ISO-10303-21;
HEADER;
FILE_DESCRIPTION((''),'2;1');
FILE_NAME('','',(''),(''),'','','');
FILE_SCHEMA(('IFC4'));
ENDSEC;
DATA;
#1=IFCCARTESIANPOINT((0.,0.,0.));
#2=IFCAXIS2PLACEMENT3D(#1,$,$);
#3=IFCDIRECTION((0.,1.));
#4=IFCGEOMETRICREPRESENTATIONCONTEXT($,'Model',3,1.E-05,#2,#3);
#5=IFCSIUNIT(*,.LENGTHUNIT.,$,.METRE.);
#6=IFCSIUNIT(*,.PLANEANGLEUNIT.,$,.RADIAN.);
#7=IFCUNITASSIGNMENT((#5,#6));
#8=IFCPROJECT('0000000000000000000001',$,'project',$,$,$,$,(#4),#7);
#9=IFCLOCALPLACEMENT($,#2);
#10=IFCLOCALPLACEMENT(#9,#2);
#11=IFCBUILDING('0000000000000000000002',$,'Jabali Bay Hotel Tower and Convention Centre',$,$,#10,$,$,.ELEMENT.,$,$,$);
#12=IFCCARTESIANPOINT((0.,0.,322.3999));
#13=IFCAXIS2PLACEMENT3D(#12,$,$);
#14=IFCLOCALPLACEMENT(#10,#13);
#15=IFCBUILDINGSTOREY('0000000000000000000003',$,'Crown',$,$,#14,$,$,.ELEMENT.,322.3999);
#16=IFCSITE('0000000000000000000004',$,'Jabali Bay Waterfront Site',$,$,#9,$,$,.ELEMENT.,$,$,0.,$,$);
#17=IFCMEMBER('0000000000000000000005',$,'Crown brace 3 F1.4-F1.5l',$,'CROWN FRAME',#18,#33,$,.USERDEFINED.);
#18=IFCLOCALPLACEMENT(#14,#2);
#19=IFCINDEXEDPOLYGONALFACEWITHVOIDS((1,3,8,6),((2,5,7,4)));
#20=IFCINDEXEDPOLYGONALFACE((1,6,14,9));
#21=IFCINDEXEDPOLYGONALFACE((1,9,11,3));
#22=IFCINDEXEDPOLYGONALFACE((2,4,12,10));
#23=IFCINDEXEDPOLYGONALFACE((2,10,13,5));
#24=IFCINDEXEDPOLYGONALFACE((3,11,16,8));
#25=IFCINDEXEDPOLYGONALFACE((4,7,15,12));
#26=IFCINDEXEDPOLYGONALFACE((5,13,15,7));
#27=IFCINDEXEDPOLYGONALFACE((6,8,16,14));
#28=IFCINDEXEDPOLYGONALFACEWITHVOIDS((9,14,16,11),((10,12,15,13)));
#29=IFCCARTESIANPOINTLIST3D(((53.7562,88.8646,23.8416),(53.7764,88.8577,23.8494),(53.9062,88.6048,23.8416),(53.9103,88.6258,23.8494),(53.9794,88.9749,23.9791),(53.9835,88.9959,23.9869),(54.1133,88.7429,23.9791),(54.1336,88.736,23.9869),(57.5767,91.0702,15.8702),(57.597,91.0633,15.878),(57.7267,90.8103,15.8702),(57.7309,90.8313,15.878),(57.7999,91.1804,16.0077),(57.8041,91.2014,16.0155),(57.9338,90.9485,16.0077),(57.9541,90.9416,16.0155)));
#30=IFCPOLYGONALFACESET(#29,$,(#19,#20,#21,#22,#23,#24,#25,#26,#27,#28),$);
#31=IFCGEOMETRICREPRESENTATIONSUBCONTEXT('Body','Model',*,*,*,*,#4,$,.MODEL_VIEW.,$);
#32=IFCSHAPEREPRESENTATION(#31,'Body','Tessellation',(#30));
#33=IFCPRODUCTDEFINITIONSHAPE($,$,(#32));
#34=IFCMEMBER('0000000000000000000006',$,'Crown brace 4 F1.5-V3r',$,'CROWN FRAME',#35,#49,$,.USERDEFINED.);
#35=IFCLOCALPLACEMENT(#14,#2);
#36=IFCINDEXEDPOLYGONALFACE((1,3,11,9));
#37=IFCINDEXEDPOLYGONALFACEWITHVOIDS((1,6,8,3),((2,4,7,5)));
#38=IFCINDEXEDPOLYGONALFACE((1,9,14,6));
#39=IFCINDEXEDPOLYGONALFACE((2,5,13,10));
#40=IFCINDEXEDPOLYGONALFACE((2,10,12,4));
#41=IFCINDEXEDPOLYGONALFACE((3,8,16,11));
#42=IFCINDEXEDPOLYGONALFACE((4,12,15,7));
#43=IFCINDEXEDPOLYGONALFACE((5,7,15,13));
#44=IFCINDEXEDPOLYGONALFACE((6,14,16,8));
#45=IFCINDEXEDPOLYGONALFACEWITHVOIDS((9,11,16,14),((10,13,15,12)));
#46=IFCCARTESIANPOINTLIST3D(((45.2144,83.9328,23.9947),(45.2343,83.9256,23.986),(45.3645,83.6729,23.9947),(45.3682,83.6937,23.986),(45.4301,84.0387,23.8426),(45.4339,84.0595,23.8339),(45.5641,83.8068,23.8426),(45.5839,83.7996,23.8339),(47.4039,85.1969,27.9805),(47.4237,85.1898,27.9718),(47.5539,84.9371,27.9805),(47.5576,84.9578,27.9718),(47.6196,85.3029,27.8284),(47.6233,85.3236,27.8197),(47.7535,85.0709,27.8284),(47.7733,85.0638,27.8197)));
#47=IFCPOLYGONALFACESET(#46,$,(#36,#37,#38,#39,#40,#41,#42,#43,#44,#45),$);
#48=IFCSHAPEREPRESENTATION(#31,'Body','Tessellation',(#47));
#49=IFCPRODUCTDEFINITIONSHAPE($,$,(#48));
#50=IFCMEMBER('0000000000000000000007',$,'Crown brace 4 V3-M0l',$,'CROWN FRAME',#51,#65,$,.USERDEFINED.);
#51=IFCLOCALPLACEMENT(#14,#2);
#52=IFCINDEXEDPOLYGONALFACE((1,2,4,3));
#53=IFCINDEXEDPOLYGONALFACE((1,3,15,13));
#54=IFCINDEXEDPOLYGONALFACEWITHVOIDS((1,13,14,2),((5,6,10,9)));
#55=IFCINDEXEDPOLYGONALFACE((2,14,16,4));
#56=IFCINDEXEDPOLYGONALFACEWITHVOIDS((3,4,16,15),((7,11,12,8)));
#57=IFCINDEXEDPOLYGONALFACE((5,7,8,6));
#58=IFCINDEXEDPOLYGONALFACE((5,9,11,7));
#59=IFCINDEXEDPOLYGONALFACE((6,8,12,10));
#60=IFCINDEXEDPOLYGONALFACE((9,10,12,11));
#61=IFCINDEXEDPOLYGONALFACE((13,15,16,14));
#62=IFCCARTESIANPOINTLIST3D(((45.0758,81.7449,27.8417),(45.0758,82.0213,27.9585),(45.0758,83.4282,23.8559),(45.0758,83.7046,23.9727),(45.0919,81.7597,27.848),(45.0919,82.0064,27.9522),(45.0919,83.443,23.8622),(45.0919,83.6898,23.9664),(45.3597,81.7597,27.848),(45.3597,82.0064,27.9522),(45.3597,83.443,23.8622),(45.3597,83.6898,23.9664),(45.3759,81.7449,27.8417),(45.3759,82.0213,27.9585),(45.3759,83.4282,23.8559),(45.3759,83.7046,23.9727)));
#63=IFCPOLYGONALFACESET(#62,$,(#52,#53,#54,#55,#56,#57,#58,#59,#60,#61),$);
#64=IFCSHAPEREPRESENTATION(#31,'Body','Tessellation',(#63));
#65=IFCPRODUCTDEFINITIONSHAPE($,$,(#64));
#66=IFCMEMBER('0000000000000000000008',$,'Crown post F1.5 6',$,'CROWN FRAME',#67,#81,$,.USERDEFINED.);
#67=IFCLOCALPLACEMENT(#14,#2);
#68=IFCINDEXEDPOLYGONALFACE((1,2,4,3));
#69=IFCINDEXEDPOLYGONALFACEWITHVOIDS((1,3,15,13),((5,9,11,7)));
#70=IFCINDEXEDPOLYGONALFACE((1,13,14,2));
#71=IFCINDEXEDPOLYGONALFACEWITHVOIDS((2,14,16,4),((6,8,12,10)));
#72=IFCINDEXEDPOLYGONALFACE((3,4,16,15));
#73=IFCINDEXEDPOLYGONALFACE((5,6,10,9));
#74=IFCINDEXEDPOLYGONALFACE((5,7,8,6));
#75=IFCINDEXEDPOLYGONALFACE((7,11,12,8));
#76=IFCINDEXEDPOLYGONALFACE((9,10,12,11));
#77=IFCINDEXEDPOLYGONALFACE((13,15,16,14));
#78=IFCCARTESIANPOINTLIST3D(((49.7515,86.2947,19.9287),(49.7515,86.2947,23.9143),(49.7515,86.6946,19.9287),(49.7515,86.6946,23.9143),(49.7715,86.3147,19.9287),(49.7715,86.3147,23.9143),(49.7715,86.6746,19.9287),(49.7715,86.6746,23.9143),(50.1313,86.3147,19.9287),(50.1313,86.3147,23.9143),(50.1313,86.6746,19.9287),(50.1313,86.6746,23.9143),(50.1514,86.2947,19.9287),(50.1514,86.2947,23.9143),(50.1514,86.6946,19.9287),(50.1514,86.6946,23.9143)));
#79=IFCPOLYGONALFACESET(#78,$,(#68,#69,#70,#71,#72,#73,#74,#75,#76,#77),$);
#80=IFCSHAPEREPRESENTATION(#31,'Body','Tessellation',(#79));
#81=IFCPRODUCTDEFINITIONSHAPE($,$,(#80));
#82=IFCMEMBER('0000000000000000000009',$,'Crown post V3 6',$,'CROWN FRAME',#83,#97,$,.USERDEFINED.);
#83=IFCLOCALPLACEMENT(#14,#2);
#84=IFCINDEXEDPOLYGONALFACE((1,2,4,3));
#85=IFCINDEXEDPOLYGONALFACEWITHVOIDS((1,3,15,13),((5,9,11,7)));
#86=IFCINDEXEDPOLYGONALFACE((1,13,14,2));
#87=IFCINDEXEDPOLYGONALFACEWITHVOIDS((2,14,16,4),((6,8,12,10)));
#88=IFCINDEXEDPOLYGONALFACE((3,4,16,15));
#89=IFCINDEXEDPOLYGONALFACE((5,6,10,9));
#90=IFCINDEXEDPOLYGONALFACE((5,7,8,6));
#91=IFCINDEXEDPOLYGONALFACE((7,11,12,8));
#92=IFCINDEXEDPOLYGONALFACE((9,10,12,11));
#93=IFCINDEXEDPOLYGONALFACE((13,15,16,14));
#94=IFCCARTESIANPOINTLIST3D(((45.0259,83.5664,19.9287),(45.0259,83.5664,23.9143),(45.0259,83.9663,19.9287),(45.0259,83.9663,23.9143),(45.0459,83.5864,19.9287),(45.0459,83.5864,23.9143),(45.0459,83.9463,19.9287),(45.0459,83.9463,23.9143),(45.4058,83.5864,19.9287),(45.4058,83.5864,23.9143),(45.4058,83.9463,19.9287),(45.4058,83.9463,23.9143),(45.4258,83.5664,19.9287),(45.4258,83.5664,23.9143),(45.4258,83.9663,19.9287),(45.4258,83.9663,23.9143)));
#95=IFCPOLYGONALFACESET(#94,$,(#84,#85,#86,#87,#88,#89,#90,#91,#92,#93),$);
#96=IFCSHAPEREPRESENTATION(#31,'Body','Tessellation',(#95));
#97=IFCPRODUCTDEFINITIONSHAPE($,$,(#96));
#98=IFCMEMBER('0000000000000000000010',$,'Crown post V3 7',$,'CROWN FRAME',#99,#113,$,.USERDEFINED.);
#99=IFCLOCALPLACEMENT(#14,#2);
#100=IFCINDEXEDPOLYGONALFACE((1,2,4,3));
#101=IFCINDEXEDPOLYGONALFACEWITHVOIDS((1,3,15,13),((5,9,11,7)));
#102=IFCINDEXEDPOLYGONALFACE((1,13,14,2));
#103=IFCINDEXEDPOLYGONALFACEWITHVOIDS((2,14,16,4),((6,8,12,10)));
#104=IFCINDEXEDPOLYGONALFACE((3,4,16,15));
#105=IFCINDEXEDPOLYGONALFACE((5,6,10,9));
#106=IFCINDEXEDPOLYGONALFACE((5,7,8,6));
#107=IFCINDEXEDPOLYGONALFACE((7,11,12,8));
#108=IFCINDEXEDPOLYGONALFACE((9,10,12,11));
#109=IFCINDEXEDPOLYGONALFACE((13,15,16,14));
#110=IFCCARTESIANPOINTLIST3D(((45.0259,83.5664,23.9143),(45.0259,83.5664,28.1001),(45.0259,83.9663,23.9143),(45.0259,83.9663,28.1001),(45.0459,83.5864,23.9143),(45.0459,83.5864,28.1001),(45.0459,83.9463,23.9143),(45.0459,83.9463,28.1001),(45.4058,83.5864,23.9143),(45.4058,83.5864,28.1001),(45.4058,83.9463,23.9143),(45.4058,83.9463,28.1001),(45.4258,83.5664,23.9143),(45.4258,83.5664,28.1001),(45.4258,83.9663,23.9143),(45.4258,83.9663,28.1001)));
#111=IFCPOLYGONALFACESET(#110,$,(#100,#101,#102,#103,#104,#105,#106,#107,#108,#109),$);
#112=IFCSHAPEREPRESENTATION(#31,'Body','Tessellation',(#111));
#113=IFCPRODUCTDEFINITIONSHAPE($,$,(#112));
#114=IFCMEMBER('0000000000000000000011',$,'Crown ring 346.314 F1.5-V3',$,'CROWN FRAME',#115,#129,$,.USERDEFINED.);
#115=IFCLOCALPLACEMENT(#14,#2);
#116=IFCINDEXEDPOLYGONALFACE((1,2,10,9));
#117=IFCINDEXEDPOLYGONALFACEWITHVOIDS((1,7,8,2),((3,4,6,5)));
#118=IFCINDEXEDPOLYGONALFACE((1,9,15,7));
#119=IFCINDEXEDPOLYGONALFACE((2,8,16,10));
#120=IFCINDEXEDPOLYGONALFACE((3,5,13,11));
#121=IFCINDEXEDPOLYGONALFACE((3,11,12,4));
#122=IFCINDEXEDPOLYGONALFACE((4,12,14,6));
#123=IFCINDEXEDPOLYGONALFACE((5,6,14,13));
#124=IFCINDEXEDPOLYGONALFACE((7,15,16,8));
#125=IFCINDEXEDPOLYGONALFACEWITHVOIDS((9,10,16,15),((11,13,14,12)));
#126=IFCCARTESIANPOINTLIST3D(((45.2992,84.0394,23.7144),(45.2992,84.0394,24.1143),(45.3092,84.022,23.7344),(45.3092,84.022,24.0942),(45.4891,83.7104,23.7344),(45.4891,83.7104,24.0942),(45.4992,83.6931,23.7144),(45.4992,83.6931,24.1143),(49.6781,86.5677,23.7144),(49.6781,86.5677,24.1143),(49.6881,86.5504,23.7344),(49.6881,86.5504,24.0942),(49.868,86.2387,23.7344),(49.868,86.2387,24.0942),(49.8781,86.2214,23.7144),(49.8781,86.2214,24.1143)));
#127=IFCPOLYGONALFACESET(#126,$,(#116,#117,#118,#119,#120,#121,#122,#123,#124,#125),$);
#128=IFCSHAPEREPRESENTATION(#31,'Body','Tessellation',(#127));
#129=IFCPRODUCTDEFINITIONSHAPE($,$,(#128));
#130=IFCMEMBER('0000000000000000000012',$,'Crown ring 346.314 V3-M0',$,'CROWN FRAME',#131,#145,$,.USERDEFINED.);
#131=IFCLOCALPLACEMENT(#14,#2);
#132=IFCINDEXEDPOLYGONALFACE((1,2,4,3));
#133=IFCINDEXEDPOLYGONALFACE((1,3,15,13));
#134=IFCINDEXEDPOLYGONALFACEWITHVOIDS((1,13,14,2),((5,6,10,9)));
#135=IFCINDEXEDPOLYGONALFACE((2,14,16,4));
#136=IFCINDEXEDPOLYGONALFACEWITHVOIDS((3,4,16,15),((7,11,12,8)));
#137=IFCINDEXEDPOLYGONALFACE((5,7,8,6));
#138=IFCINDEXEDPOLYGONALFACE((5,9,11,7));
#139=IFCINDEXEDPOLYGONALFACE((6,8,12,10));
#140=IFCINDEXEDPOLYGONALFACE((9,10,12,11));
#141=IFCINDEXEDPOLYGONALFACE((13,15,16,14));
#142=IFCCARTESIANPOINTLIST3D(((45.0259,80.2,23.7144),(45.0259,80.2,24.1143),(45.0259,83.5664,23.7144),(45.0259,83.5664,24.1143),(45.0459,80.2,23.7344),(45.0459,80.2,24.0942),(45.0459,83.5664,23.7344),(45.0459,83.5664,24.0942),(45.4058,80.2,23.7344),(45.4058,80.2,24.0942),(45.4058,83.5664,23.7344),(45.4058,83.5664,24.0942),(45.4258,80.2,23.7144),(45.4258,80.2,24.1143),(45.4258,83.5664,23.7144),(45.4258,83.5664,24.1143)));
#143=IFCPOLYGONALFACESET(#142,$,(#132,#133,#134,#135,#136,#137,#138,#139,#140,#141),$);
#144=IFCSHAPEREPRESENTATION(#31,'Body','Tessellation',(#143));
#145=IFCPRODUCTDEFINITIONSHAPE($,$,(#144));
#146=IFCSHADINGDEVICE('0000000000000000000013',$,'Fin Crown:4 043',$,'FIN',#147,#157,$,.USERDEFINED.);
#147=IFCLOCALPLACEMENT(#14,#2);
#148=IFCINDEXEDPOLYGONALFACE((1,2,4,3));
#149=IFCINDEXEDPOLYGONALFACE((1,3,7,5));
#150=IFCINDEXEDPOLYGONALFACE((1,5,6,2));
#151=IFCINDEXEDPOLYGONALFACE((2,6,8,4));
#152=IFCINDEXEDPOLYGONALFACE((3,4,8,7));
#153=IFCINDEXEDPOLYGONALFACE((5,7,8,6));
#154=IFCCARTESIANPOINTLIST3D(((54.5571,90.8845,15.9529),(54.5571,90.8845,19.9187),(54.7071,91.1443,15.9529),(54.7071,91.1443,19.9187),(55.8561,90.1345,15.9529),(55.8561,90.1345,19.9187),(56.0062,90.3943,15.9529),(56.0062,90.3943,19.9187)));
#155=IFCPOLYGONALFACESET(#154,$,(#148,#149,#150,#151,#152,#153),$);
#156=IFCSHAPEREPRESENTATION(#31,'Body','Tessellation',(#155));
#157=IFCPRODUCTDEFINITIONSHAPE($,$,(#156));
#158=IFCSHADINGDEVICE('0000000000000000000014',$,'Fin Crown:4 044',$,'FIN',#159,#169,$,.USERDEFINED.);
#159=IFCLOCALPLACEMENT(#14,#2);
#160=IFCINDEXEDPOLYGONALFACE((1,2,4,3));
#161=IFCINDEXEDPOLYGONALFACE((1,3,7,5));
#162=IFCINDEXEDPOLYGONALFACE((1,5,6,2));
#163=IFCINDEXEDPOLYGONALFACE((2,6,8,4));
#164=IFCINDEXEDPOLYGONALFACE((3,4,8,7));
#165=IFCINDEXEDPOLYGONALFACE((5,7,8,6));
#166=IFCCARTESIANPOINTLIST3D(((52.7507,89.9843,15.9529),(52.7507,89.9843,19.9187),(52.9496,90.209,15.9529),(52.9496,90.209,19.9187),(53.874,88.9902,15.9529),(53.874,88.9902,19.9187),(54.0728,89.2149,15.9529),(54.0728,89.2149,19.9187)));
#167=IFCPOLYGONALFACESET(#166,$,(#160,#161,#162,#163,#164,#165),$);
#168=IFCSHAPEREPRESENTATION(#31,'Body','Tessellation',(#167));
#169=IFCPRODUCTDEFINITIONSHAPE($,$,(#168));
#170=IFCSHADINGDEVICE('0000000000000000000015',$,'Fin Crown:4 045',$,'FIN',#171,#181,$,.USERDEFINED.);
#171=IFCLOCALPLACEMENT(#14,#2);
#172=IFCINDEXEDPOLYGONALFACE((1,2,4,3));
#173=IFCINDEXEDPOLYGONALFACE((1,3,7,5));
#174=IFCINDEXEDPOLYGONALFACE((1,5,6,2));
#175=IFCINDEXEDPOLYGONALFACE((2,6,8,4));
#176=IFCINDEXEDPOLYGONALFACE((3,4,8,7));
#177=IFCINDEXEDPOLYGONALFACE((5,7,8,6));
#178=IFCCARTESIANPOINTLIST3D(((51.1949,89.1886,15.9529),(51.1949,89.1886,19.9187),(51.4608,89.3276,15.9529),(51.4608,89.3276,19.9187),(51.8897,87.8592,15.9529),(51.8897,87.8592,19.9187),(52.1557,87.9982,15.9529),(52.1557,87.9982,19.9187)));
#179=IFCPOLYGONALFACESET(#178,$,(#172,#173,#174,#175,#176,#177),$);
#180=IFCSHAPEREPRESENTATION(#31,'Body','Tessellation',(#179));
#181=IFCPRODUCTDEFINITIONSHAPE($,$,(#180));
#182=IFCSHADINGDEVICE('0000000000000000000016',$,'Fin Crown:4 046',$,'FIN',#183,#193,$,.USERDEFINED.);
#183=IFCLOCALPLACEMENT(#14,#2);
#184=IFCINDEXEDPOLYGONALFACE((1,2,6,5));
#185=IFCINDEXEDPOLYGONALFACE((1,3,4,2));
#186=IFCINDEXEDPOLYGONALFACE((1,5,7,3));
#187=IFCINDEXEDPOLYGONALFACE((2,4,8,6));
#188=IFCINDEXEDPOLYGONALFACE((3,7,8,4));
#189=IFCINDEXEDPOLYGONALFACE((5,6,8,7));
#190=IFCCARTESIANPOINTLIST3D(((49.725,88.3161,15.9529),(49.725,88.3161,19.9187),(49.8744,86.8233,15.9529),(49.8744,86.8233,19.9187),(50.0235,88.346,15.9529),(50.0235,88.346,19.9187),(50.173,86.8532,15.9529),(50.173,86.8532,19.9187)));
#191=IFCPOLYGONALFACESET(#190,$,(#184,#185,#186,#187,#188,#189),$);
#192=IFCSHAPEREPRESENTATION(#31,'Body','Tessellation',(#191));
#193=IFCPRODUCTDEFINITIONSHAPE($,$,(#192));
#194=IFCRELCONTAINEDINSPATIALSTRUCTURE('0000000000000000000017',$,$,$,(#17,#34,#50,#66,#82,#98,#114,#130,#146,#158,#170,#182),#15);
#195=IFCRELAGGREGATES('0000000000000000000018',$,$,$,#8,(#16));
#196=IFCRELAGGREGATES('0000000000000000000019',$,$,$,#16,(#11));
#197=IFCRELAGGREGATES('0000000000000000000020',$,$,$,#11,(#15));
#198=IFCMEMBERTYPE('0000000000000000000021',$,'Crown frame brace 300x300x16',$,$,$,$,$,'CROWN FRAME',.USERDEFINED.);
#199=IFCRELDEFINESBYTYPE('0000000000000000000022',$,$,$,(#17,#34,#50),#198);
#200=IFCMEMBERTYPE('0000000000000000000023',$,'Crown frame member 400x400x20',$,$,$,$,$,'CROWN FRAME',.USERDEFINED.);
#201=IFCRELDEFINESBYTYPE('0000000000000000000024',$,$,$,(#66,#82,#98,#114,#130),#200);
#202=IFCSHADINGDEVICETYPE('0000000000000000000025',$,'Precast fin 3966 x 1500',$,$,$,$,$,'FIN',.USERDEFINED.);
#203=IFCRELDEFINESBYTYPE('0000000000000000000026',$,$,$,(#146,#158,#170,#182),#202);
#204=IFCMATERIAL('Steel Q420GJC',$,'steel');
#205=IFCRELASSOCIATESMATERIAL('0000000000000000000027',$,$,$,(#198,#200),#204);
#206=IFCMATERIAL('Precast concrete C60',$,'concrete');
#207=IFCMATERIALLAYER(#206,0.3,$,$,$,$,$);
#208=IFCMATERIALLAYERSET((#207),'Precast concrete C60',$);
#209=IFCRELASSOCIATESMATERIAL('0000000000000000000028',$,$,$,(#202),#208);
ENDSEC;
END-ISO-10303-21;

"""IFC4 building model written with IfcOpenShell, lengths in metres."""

from ifc_helpers import new_model, si_unit, direction, frame, frame_2d, origin, origin_2d, place, context, subcontext, project, spatial, rectangle, hollow_rectangle, extrude, material, layer, layer_set, material_profile, profile_set, type_object, element, save


model = new_model("IFC4")

# Units and contexts
model_context = context("Model", 3, precision=1e-05, world=origin(), true_north=direction((0.0, 1.0)))
body_context = subcontext(model_context, "Body", "Model", "MODEL_VIEW")
ifc_project = project(units=[si_unit("LENGTHUNIT", "METRE"), si_unit("PLANEANGLEUNIT", "RADIAN")], contexts=[model_context])

# Site, building, storey
site_placement = place(None, origin())
site = spatial("IfcSite", under=ifc_project, at=site_placement, Name="Jabali Bay Waterfront Site", CompositionType="ELEMENT", RefElevation=0.0)
building_placement = place(site_placement, origin())
building = spatial("IfcBuilding", under=site, at=building_placement, Name="Jabali Bay Hotel Tower and Convention Centre", CompositionType="ELEMENT")
storey_placement = place(building_placement, frame((0.0, 0.0, 322.3999)))
storey = spatial("IfcBuildingStorey", under=building, at=storey_placement, Name="Crown", CompositionType="ELEMENT", Elevation=322.3999)

# Members
ifc_material_1 = material(Name="Steel Q420GJC", Category="steel")
ifc_material_profile_1 = material_profile(ifc_material_1, hollow_rectangle(XDim=0.3, YDim=0.3, WallThickness=0.0161, at=origin_2d()), Name="Crown frame brace 300x300x16")
ifc_profile_set_1 = profile_set([ifc_material_profile_1], Name="Steel Q420GJC")
member_type_1 = type_object("IfcMemberType", Name="Crown frame brace 300x300x16", ElementType="CROWN FRAME", PredefinedType="USERDEFINED", material=ifc_profile_set_1)
member_1_placement = place(storey_placement, frame((57.7654, 91.0059, 15.9429), z_axis=(-0.419348, -0.242085, 0.874953), x_axis=(0.49996, -0.866048, 0.0)))
element("IfcMember", 1, at=member_1_placement, inside=storey, type_object=member_type_1, Name="Crown brace 3 F1.4-F1.5l", ObjectType="CROWN FRAME", PredefinedType="USERDEFINED", context=body_context, shape_type="SweptSolid", body=[
    extrude(hollow_rectangle(XDim=0.3, YDim=0.3, WallThickness=0.0161, at=origin_2d()), origin(), (0.0, 0.0, 1.0), 9.1106),
])
member_2_placement = place(storey_placement, frame((45.3992, 83.8662, 23.9143), z_axis=(0.463864, 0.267829, 0.844451), x_axis=(-0.500023, 0.866012, 0.0)))
element("IfcMember", 2, at=member_2_placement, inside=storey, type_object=member_type_1, Name="Crown brace 4 F1.5-V3r", ObjectType="CROWN FRAME", PredefinedType="USERDEFINED", context=body_context, shape_type="SweptSolid", body=[
    extrude(hollow_rectangle(XDim=0.3, YDim=0.3, WallThickness=0.0161, at=origin_2d()), origin(), (0.0, 0.0, 1.0), 4.72),
])
member_3_placement = place(storey_placement, frame((45.2258, 83.5664, 23.9143), z_axis=(0.0, -0.389058, 0.921213), x_axis=(1.0, 0.0, 0.0)))
element("IfcMember", 3, at=member_3_placement, inside=storey, type_object=member_type_1, Name="Crown brace 4 V3-M0l", ObjectType="CROWN FRAME", PredefinedType="USERDEFINED", context=body_context, shape_type="SweptSolid", body=[
    extrude(hollow_rectangle(XDim=0.3, YDim=0.3, WallThickness=0.0161, at=origin_2d()), origin(), (0.0, 0.0, 1.0), 4.3267),
])
ifc_material_profile_2 = material_profile(ifc_material_1, hollow_rectangle(XDim=0.3999, YDim=0.3999, WallThickness=0.02, at=origin_2d()), Name="Crown frame member 400x400x20")
ifc_profile_set_2 = profile_set([ifc_material_profile_2], Name="Steel Q420GJC")
member_type_2 = type_object("IfcMemberType", Name="Crown frame member 400x400x20", ElementType="CROWN FRAME", PredefinedType="USERDEFINED", material=ifc_profile_set_2)
for number, where, z_axis, x_axis, name in (
    (4, (49.9514, 86.4946, 19.9287), (0.0, 0.0, 1.0), (1.0, 0.0, 0.0), "Crown post F1.5 6"),
    (5, (45.2258, 83.7664, 19.9287), (0.0, 0.0, 1.0), (1.0, 0.0, 0.0), "Crown post V3 6"),
):
    element("IfcMember", number, at=place(storey_placement, frame(where, z_axis=z_axis, x_axis=x_axis)), inside=storey, type_object=member_type_2, Name=name, ObjectType="CROWN FRAME", PredefinedType="USERDEFINED", context=body_context, shape_type="SweptSolid", body=[
        extrude(hollow_rectangle(XDim=0.3999, YDim=0.3999, WallThickness=0.02, at=origin_2d()), origin(), (0.0, 0.0, 1.0), 3.9856),
    ])
member_4_placement = place(storey_placement, frame((45.2258, 83.7664, 23.9143), z_axis=(0.0, 0.0, 1.0), x_axis=(1.0, 0.0, 0.0)))
element("IfcMember", 6, at=member_4_placement, inside=storey, type_object=member_type_2, Name="Crown post V3 7", ObjectType="CROWN FRAME", PredefinedType="USERDEFINED", context=body_context, shape_type="SweptSolid", body=[
    extrude(hollow_rectangle(XDim=0.3999, YDim=0.3999, WallThickness=0.02, at=origin_2d()), origin(), (0.0, 0.0, 1.0), 4.1858),
])
member_5_placement = place(storey_placement, frame((49.7781, 86.3945, 23.9143), z_axis=(-0.866012, -0.500023, 0.0), x_axis=(0.500023, -0.866012, 0.0)))
element("IfcMember", 7, at=member_5_placement, inside=storey, type_object=member_type_2, Name="Crown ring 346.314 F1.5-V3", ObjectType="CROWN FRAME", PredefinedType="USERDEFINED", context=body_context, shape_type="SweptSolid", body=[
    extrude(hollow_rectangle(XDim=0.3999, YDim=0.3999, WallThickness=0.02, at=origin_2d()), origin(), (0.0, 0.0, 1.0), 5.0564),
])
member_6_placement = place(storey_placement, frame((45.2258, 83.5664, 23.9143), z_axis=(0.0, -1.0, 0.0), x_axis=(1.0, 0.0, 0.0)))
element("IfcMember", 8, at=member_6_placement, inside=storey, type_object=member_type_2, Name="Crown ring 346.314 V3-M0", ObjectType="CROWN FRAME", PredefinedType="USERDEFINED", context=body_context, shape_type="SweptSolid", body=[
    extrude(hollow_rectangle(XDim=0.3999, YDim=0.3999, WallThickness=0.02, at=origin_2d()), origin(), (0.0, 0.0, 1.0), 3.3665),
])

# Shading devices
ifc_material_2 = material(Name="Precast concrete C60", Category="concrete")
ifc_layer = layer(ifc_material_2, 0.3)
ifc_layer_set = layer_set([ifc_layer], Name="Precast concrete C60")
shading_device_type = type_object("IfcShadingDeviceType", Name="Precast fin 3966 x 1500", ElementType="FIN", PredefinedType="USERDEFINED", material=ifc_layer_set)
for number, where, z_axis, x_axis, name in (
    (9, (55.9312, 90.2644, 15.9529), (0.0, 0.0, 1.0), (-0.866031, 0.49999, 0.0), "Fin Crown:4 043"),
    (10, (53.9734, 89.1025, 15.9529), (0.0, 0.0, 1.0), (-0.748844, 0.662746, 0.0), "Fin Crown:4 044"),
    (11, (52.0227, 87.9287, 15.9529), (0.0, 0.0, 1.0), (-0.463222, 0.886242, 0.0), "Fin Crown:4 045"),
):
    element("IfcShadingDevice", number, at=place(storey_placement, frame(where, z_axis=z_axis, x_axis=x_axis)), inside=storey, type_object=shading_device_type, Name=name, ObjectType="FIN", PredefinedType="USERDEFINED", context=body_context, shape_type="SweptSolid", body=[
        extrude(rectangle(XDim=1.5, YDim=0.3, at=frame_2d((0.75, 0.0))), origin(), (0.0, 0.0, 1.0), 3.9658),
    ])
shading_device_placement = place(storey_placement, frame((50.0237, 86.8384, 15.9529), z_axis=(0.0, 0.0, 1.0), x_axis=(-0.0996, 0.995028, 0.0)))
element("IfcShadingDevice", 12, at=shading_device_placement, inside=storey, type_object=shading_device_type, Name="Fin Crown:4 046", ObjectType="FIN", PredefinedType="USERDEFINED", context=body_context, shape_type="SweptSolid", body=[
    extrude(rectangle(XDim=1.5002, YDim=0.3, at=frame_2d((0.75, 0.0))), origin(), (0.0, 0.0, 1.0), 3.9658),
])

save(model, "model.ifc")
